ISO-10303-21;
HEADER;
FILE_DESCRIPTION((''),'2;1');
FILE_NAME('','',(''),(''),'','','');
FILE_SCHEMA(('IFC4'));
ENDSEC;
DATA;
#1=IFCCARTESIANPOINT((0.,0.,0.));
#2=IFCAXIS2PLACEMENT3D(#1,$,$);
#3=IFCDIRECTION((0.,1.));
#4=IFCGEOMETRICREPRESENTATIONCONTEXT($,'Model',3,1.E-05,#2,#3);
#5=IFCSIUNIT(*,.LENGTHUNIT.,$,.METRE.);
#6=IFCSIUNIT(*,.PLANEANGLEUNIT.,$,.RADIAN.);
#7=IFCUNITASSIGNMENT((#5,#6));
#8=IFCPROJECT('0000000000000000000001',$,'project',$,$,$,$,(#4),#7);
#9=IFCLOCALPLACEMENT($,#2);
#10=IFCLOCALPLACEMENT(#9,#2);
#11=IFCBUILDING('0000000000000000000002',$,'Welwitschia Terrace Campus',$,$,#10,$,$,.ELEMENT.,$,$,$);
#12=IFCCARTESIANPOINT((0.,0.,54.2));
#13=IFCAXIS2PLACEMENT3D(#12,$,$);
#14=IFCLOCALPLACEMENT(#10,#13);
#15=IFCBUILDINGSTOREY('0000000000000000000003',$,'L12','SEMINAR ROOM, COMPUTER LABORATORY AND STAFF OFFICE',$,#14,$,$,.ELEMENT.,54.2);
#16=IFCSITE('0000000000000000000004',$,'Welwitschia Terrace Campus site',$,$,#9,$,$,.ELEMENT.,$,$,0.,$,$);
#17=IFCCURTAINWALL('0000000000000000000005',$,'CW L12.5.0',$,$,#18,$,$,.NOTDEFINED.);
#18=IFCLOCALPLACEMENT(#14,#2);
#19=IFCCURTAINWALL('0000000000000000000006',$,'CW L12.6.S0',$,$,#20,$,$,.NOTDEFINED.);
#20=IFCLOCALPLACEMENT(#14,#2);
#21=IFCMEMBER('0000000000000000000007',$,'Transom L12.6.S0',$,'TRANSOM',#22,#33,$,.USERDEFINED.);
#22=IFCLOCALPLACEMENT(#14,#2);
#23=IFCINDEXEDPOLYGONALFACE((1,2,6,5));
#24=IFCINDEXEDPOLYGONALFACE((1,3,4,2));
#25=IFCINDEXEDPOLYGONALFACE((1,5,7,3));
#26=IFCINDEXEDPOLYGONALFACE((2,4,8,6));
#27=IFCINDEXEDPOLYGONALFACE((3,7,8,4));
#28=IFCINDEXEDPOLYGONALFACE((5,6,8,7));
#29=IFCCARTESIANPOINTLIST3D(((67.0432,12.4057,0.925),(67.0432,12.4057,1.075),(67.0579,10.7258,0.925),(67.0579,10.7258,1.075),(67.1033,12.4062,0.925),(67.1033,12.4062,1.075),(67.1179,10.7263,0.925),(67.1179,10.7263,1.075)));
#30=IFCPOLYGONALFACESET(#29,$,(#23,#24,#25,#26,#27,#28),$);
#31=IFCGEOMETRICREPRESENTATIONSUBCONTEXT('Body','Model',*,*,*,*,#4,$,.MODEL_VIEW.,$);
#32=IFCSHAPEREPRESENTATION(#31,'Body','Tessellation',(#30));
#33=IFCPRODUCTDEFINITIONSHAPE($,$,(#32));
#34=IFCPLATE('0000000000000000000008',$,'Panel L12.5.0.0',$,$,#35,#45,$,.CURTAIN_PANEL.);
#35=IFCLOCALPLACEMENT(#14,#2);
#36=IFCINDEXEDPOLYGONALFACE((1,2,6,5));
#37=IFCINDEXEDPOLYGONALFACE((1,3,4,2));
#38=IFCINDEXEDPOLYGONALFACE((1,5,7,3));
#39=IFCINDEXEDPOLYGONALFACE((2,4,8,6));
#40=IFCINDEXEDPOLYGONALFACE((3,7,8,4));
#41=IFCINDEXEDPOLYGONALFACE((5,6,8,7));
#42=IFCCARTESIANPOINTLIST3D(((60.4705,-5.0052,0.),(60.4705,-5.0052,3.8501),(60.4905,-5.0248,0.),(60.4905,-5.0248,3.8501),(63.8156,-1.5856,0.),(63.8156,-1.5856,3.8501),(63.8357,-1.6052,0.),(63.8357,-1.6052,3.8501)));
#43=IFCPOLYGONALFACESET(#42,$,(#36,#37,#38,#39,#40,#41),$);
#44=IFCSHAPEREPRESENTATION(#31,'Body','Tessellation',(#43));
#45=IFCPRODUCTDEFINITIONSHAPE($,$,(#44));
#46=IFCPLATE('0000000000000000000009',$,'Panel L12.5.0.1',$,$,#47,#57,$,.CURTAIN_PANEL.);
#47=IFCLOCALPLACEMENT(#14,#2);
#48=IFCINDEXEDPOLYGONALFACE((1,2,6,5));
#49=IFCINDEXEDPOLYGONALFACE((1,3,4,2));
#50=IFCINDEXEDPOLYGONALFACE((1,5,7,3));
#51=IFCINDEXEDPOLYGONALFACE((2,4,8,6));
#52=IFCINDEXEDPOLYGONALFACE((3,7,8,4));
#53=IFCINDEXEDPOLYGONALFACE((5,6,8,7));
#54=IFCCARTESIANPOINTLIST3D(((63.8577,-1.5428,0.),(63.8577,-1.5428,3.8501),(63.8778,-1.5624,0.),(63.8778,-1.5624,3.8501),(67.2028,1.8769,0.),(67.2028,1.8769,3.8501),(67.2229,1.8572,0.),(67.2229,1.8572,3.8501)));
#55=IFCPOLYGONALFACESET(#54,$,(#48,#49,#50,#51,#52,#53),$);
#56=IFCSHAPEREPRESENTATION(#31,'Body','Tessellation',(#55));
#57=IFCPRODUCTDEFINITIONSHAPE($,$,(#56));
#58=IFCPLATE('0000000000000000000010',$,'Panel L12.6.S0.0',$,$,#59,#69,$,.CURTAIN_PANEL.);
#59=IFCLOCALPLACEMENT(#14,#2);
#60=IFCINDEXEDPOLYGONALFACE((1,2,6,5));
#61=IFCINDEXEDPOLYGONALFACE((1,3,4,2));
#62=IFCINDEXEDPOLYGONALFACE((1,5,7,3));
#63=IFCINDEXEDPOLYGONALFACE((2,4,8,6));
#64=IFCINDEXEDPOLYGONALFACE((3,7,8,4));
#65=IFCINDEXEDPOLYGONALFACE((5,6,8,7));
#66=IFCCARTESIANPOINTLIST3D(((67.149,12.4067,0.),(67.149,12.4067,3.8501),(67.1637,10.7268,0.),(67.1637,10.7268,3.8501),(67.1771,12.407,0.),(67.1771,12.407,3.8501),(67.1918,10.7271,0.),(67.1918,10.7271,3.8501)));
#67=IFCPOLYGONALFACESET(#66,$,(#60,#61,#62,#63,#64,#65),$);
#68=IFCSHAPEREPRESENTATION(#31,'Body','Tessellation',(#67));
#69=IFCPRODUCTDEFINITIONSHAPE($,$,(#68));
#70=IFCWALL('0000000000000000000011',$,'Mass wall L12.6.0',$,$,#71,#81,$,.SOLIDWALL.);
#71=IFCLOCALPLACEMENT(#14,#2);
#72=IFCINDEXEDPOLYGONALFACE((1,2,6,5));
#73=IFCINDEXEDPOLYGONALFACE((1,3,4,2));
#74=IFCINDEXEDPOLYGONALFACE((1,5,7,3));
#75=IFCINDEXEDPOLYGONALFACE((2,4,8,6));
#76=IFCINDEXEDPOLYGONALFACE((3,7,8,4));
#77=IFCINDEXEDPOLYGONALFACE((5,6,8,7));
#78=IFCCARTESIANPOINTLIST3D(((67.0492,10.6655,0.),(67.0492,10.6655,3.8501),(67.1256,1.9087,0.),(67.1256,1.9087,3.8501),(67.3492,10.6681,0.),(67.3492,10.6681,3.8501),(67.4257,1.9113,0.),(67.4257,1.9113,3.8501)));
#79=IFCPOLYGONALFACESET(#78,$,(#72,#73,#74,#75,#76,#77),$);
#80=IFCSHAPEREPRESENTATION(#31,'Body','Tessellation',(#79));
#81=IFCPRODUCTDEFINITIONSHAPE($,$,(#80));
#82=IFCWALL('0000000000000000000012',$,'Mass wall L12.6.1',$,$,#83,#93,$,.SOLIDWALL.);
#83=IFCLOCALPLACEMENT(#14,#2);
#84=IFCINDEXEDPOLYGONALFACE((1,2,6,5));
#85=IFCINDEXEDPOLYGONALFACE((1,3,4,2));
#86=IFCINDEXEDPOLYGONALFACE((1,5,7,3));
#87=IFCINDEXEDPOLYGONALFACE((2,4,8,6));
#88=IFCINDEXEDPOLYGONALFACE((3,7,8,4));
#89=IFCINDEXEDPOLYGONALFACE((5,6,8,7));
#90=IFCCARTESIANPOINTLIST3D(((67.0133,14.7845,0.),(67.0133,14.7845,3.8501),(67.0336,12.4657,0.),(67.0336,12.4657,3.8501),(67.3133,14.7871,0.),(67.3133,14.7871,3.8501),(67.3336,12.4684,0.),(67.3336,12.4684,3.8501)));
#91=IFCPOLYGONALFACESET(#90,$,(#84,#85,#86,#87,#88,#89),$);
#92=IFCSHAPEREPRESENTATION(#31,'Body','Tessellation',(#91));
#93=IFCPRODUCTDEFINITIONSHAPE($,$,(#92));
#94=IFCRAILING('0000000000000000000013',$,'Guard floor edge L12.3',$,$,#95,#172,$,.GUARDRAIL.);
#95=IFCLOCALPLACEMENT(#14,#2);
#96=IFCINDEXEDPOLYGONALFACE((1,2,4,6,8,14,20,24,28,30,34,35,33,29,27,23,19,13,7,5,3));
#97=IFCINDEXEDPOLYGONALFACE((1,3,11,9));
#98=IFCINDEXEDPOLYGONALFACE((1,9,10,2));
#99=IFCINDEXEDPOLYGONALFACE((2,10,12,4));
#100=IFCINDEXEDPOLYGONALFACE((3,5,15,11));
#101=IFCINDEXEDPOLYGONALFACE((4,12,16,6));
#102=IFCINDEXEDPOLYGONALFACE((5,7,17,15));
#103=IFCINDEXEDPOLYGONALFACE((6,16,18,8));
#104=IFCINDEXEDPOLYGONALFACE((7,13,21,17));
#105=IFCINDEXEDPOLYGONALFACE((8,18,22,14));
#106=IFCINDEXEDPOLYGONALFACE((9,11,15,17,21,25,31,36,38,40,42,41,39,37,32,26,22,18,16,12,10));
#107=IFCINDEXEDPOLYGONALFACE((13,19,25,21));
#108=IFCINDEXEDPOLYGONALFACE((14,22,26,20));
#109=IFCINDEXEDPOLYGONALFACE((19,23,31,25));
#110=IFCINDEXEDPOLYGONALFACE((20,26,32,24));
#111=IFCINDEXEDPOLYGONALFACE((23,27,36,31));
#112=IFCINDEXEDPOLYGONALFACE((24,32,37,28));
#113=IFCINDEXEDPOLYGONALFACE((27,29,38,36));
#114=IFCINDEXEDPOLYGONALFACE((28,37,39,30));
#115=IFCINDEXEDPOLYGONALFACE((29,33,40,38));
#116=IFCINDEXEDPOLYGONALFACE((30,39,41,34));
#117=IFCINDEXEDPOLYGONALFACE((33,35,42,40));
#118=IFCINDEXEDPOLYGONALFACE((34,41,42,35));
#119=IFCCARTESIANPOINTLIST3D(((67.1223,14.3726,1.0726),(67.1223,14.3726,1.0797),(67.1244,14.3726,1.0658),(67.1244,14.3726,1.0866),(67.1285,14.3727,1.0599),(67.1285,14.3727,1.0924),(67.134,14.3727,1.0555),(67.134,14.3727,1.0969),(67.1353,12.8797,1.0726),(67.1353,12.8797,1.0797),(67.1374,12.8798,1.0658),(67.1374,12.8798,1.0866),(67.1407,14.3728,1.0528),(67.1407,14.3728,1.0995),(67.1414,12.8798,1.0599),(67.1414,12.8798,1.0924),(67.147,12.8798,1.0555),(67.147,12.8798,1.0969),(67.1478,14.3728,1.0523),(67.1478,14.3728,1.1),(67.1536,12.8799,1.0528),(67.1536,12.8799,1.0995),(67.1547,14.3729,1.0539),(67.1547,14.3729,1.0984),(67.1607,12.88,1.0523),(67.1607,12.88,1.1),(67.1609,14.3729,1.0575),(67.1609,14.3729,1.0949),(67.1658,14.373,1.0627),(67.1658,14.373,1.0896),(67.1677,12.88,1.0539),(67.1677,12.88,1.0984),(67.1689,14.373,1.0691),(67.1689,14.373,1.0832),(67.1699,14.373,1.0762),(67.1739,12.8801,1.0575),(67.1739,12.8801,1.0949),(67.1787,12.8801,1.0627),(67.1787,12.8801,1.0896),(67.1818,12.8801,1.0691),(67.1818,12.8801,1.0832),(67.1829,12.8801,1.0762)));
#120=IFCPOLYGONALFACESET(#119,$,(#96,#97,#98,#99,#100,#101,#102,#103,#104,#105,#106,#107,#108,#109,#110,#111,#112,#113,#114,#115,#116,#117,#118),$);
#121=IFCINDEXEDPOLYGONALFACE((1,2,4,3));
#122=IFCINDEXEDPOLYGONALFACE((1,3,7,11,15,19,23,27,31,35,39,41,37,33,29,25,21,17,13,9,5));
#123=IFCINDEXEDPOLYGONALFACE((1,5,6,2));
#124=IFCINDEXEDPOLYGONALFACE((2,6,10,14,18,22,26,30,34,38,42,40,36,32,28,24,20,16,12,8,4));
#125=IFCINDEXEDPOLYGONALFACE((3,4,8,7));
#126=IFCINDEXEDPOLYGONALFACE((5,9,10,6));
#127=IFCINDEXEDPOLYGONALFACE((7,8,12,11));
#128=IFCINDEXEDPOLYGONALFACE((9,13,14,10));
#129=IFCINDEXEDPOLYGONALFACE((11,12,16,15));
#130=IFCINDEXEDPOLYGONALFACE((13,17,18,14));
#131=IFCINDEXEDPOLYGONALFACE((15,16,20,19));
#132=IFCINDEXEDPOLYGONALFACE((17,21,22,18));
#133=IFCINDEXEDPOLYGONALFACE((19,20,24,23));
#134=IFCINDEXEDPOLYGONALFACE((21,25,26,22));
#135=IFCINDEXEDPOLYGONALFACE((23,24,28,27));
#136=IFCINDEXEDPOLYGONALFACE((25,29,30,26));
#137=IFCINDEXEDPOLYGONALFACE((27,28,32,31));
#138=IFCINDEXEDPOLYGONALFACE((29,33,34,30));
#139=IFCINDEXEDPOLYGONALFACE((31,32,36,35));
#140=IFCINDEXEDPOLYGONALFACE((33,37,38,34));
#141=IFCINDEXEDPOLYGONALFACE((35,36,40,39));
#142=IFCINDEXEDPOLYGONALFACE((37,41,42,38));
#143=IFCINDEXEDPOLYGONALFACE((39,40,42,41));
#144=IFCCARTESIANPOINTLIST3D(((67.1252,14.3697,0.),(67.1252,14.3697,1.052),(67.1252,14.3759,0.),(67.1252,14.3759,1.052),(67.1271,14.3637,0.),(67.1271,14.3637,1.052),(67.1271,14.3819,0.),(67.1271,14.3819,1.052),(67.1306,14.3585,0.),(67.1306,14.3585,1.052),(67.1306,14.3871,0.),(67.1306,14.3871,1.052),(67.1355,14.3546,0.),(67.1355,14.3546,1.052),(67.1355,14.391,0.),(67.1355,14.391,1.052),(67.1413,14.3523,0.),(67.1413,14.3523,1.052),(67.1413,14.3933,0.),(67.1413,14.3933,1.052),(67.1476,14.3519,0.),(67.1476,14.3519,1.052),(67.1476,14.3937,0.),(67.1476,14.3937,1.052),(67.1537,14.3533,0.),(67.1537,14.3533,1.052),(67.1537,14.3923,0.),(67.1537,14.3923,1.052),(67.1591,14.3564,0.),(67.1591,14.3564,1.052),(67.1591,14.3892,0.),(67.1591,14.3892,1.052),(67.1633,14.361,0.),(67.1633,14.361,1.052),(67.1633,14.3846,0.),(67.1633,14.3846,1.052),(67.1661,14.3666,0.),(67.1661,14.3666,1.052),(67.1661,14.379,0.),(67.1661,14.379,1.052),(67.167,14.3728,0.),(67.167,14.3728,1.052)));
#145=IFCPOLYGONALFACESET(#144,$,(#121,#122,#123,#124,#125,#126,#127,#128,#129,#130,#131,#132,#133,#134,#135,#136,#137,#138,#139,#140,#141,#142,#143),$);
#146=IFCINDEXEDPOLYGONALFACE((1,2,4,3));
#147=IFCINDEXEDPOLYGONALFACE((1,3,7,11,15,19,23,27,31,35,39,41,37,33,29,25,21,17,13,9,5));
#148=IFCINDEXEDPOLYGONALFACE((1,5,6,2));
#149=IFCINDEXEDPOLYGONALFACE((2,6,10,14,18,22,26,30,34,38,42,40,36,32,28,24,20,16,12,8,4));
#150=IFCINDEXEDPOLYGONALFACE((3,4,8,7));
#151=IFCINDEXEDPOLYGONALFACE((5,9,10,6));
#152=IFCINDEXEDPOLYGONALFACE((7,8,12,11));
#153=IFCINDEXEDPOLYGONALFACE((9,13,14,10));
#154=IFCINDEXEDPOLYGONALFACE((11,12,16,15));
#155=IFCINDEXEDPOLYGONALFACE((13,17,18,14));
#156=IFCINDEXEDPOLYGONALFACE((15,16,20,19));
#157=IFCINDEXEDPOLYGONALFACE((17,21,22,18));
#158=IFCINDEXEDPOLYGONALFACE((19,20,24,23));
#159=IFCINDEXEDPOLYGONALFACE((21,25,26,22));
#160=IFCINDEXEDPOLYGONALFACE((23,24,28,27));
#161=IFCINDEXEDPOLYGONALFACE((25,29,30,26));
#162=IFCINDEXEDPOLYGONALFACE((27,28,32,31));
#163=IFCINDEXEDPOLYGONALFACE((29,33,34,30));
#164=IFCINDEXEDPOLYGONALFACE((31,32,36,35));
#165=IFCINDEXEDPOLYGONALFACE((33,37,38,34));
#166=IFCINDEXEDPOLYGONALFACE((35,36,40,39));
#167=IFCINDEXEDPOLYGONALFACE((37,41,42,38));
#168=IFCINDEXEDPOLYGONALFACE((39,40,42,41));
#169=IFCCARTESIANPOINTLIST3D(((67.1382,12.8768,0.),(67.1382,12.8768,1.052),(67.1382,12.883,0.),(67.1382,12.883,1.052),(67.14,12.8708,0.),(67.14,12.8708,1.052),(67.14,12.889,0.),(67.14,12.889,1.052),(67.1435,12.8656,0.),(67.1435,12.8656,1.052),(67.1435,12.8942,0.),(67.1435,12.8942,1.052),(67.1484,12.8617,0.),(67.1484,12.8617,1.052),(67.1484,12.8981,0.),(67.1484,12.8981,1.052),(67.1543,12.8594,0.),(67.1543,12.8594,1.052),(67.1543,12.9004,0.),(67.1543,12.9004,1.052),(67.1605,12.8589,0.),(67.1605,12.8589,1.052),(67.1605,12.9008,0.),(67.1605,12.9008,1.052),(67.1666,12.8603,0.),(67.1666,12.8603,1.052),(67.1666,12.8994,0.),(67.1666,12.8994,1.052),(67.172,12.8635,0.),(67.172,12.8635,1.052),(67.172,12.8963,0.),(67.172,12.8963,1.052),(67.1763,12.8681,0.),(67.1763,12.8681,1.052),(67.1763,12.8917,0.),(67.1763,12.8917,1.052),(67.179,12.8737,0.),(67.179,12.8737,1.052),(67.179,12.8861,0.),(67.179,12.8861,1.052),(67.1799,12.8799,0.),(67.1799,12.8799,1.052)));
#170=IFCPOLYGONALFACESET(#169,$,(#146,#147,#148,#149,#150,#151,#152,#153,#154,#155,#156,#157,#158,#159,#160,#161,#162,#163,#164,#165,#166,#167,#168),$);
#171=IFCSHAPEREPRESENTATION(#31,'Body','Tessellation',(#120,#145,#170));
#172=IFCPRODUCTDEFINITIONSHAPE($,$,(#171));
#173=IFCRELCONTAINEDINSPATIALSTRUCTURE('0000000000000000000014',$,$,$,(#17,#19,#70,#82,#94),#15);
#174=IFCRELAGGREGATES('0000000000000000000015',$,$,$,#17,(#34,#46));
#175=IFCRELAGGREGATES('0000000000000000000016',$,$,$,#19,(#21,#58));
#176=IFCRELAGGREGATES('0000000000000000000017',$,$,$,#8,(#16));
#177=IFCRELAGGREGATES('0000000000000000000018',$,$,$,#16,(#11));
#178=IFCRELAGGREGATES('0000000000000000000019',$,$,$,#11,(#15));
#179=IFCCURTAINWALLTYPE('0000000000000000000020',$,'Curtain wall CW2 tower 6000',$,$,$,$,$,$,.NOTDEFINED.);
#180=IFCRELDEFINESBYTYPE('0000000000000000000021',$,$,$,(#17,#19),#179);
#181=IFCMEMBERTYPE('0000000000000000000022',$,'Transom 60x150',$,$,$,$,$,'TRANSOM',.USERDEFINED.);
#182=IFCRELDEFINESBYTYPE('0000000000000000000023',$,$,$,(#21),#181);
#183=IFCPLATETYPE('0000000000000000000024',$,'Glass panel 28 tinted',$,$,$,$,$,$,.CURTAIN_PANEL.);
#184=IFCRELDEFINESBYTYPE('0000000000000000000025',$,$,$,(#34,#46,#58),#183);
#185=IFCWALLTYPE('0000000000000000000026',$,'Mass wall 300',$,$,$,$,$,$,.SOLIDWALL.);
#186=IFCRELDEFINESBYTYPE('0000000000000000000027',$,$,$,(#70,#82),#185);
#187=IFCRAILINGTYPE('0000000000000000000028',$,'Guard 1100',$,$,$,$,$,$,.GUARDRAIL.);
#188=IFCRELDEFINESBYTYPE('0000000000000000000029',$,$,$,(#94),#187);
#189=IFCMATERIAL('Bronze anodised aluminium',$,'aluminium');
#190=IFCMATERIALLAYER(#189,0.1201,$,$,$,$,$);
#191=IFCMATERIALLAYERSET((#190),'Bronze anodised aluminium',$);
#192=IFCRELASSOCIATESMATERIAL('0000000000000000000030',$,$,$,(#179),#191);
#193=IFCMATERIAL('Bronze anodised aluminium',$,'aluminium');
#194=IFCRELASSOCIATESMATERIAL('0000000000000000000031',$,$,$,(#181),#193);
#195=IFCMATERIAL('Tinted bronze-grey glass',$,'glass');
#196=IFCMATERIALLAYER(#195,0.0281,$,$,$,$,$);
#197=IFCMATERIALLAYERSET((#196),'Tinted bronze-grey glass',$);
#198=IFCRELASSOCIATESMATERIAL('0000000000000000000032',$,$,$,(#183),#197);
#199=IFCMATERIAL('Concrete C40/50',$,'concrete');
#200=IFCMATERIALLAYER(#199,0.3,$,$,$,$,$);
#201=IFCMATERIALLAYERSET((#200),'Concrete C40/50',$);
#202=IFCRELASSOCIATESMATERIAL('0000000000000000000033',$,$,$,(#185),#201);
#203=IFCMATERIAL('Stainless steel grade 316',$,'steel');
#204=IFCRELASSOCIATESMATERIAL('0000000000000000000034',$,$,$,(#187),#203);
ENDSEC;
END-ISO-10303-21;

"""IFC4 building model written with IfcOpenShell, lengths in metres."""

from ifc_helpers import new_model, si_unit, direction, frame, frame_2d, origin, origin_2d, place, context, subcontext, project, spatial, rectangle, circle, extrude, material, layer, layer_set, material_profile, profile_set, type_object, element, aggregate, save


model = new_model("IFC4")

# Units and contexts
model_context = context("Model", 3, precision=1e-05, world=origin(), true_north=direction((0.0, 1.0)))
body_context = subcontext(model_context, "Body", "Model", "MODEL_VIEW")
ifc_project = project(units=[si_unit("LENGTHUNIT", "METRE"), si_unit("PLANEANGLEUNIT", "RADIAN")], contexts=[model_context])

# Site, building, storey
site_placement = place(None, origin())
site = spatial("IfcSite", under=ifc_project, at=site_placement, Name="Welwitschia Terrace Campus site", CompositionType="ELEMENT", RefElevation=0.0)
building_placement = place(site_placement, origin())
building = spatial("IfcBuilding", under=site, at=building_placement, Name="Welwitschia Terrace Campus", CompositionType="ELEMENT")
storey_placement = place(building_placement, frame((0.0, 0.0, 54.2)))
storey = spatial("IfcBuildingStorey", under=building, at=storey_placement, Name="L12", Description="SEMINAR ROOM, COMPUTER LABORATORY AND STAFF OFFICE", CompositionType="ELEMENT", Elevation=54.2)

# Shared definitions
ifc_material_1 = material(Name="Bronze anodised aluminium", Category="aluminium")
ifc_layer_1 = layer(ifc_material_1, 0.1201)
ifc_layer_set_1 = layer_set([ifc_layer_1], Name="Bronze anodised aluminium")
curtain_wall_type = type_object("IfcCurtainWallType", Name="Curtain wall CW2 tower 6000", PredefinedType="NOTDEFINED", material=ifc_layer_set_1)

# Curtain walls
curtain_wall_1_placement = place(storey_placement, origin())
curtain_wall_1 = element("IfcCurtainWall", 1, at=curtain_wall_1_placement, inside=storey, type_object=curtain_wall_type, Name="CW L12.5.0", PredefinedType="NOTDEFINED")
curtain_wall_2_placement = place(storey_placement, origin())
curtain_wall_2 = element("IfcCurtainWall", 2, at=curtain_wall_2_placement, inside=storey, type_object=curtain_wall_type, Name="CW L12.6.S0", PredefinedType="NOTDEFINED")

# Member
ifc_material_2 = material(Name="Bronze anodised aluminium", Category="aluminium")
ifc_material_profile_1 = material_profile(ifc_material_2, rectangle(XDim=0.0601, YDim=0.1499, at=origin_2d()))
ifc_profile_set_1 = profile_set([ifc_material_profile_1], Name="Bronze anodised aluminium")
member_type_1 = type_object("IfcMemberType", Name="Transom 60x150", ElementType="TRANSOM", PredefinedType="USERDEFINED", material=ifc_profile_set_1)
member_1_placement = place(storey_placement, frame((67.0879, 10.7261, 1.0), z_axis=(-0.008719, 0.999962, 0.0), x_axis=(-0.999962, -0.008719, 0.0)))
member_1 = element("IfcMember", 3, at=member_1_placement, type_object=member_type_1, Name="Transom L12.6.S0", ObjectType="TRANSOM", PredefinedType="USERDEFINED", context=body_context, shape_type="SweptSolid", body=[
    extrude(rectangle(XDim=0.0601, YDim=0.1499, at=origin_2d()), origin(), (0.0, 0.0, 1.0), 1.6799),
])

# Plates
ifc_material_3 = material(Name="Tinted bronze-grey glass", Category="glass")
ifc_layer_2 = layer(ifc_material_3, 0.0281)
ifc_layer_set_2 = layer_set([ifc_layer_2], Name="Tinted bronze-grey glass")
plate_type = type_object("IfcPlateType", Name="Glass panel 28 tinted", PredefinedType="CURTAIN_PANEL", material=ifc_layer_set_2)
plate_1_placement = place(storey_placement, frame((62.1531, -3.3052, 0.0), z_axis=(0.0, 0.0, 1.0), x_axis=(0.699279, 0.714849, 0.0)))
plate_1 = element("IfcPlate", 4, at=plate_1_placement, type_object=plate_type, Name="Panel L12.5.0.0", PredefinedType="CURTAIN_PANEL", context=body_context, shape_type="SweptSolid", body=[
    extrude(rectangle(XDim=4.7837, YDim=0.0281, at=origin_2d()), origin(), (0.0, 0.0, 1.0), 3.8501),
])
plate_2_placement = place(storey_placement, frame((65.5403, 0.1572, 0.0), z_axis=(0.0, 0.0, 1.0), x_axis=(0.699279, 0.714849, 0.0)))
plate_2 = element("IfcPlate", 5, at=plate_2_placement, type_object=plate_type, Name="Panel L12.5.0.1", PredefinedType="CURTAIN_PANEL", context=body_context, shape_type="SweptSolid", body=[
    extrude(rectangle(XDim=4.7837, YDim=0.0281, at=origin_2d()), origin(), (0.0, 0.0, 1.0), 3.8501),
])
aggregate(curtain_wall_1, [plate_1, plate_2])
plate_3_placement = place(storey_placement, frame((67.1704, 11.5669, 0.0), z_axis=(0.0, 0.0, 1.0), x_axis=(-0.008727, 0.999962, 0.0)))
plate_3 = element("IfcPlate", 6, at=plate_3_placement, type_object=plate_type, Name="Panel L12.6.S0.0", PredefinedType="CURTAIN_PANEL", context=body_context, shape_type="SweptSolid", body=[
    extrude(rectangle(XDim=1.6799, YDim=0.0281, at=origin_2d()), origin(), (0.0, 0.0, 1.0), 3.8501),
])
aggregate(curtain_wall_2, [member_1, plate_3])

# Walls
ifc_material_4 = material(Name="Concrete C40/50", Category="concrete")
ifc_layer_3 = layer(ifc_material_4, 0.3)
ifc_layer_set_3 = layer_set([ifc_layer_3], Name="Concrete C40/50")
wall_type = type_object("IfcWallType", Name="Mass wall 300", PredefinedType="SOLIDWALL", material=ifc_layer_set_3)
wall_1_placement = place(storey_placement, frame((67.2756, 1.9102, 0.0), z_axis=(0.0, 0.0, 1.0), x_axis=(-0.008726, 0.999962, 0.0)))
element("IfcWall", 7, at=wall_1_placement, inside=storey, type_object=wall_type, Name="Mass wall L12.6.0", PredefinedType="SOLIDWALL", context=body_context, shape_type="SweptSolid", body=[
    extrude(rectangle(XDim=8.7571, YDim=0.3, at=frame_2d((4.3784, 0.0))), origin(), (0.0, 0.0, 1.0), 3.8501),
])
wall_2_placement = place(storey_placement, frame((67.1836, 12.467, 0.0), z_axis=(0.0, 0.0, 1.0), x_axis=(-0.008738, 0.999962, 0.0)))
element("IfcWall", 8, at=wall_2_placement, inside=storey, type_object=wall_type, Name="Mass wall L12.6.1", PredefinedType="SOLIDWALL", context=body_context, shape_type="SweptSolid", body=[
    extrude(rectangle(XDim=2.3188, YDim=0.3, at=frame_2d((1.1594, 0.0))), origin(), (0.0, 0.0, 1.0), 3.8501),
])

# Railing
ifc_material_5 = material(Name="Stainless steel grade 316", Category="steel")
railing_type = type_object("IfcRailingType", Name="Guard 1100", PredefinedType="GUARDRAIL", material=ifc_material_5)
railing_1_placement = place(storey_placement, frame((67.146, 14.3728, 0.0)))
element("IfcRailing", 9, at=railing_1_placement, inside=storey, type_object=railing_type, Name="Guard floor edge L12.3", PredefinedType="GUARDRAIL", context=body_context, shape_type="SweptSolid", body=[
    extrude(circle(Radius=0.0239, at=origin_2d()), frame((0.0, 0.0, 1.0762), z_axis=(0.008667, -0.999962, 0.0), x_axis=(0.999962, 0.008667, 0.0)), (0.0, 0.0, 1.0), 1.4929),
    extrude(circle(Radius=0.021, at=origin_2d()), origin(), (0.0, 0.0, 1.0), 1.052),
    extrude(circle(Radius=0.021, at=origin_2d()), frame((0.0129, -1.4929, 0.0)), (0.0, 0.0, 1.0), 1.052),
])

save(model, "model.ifc")
